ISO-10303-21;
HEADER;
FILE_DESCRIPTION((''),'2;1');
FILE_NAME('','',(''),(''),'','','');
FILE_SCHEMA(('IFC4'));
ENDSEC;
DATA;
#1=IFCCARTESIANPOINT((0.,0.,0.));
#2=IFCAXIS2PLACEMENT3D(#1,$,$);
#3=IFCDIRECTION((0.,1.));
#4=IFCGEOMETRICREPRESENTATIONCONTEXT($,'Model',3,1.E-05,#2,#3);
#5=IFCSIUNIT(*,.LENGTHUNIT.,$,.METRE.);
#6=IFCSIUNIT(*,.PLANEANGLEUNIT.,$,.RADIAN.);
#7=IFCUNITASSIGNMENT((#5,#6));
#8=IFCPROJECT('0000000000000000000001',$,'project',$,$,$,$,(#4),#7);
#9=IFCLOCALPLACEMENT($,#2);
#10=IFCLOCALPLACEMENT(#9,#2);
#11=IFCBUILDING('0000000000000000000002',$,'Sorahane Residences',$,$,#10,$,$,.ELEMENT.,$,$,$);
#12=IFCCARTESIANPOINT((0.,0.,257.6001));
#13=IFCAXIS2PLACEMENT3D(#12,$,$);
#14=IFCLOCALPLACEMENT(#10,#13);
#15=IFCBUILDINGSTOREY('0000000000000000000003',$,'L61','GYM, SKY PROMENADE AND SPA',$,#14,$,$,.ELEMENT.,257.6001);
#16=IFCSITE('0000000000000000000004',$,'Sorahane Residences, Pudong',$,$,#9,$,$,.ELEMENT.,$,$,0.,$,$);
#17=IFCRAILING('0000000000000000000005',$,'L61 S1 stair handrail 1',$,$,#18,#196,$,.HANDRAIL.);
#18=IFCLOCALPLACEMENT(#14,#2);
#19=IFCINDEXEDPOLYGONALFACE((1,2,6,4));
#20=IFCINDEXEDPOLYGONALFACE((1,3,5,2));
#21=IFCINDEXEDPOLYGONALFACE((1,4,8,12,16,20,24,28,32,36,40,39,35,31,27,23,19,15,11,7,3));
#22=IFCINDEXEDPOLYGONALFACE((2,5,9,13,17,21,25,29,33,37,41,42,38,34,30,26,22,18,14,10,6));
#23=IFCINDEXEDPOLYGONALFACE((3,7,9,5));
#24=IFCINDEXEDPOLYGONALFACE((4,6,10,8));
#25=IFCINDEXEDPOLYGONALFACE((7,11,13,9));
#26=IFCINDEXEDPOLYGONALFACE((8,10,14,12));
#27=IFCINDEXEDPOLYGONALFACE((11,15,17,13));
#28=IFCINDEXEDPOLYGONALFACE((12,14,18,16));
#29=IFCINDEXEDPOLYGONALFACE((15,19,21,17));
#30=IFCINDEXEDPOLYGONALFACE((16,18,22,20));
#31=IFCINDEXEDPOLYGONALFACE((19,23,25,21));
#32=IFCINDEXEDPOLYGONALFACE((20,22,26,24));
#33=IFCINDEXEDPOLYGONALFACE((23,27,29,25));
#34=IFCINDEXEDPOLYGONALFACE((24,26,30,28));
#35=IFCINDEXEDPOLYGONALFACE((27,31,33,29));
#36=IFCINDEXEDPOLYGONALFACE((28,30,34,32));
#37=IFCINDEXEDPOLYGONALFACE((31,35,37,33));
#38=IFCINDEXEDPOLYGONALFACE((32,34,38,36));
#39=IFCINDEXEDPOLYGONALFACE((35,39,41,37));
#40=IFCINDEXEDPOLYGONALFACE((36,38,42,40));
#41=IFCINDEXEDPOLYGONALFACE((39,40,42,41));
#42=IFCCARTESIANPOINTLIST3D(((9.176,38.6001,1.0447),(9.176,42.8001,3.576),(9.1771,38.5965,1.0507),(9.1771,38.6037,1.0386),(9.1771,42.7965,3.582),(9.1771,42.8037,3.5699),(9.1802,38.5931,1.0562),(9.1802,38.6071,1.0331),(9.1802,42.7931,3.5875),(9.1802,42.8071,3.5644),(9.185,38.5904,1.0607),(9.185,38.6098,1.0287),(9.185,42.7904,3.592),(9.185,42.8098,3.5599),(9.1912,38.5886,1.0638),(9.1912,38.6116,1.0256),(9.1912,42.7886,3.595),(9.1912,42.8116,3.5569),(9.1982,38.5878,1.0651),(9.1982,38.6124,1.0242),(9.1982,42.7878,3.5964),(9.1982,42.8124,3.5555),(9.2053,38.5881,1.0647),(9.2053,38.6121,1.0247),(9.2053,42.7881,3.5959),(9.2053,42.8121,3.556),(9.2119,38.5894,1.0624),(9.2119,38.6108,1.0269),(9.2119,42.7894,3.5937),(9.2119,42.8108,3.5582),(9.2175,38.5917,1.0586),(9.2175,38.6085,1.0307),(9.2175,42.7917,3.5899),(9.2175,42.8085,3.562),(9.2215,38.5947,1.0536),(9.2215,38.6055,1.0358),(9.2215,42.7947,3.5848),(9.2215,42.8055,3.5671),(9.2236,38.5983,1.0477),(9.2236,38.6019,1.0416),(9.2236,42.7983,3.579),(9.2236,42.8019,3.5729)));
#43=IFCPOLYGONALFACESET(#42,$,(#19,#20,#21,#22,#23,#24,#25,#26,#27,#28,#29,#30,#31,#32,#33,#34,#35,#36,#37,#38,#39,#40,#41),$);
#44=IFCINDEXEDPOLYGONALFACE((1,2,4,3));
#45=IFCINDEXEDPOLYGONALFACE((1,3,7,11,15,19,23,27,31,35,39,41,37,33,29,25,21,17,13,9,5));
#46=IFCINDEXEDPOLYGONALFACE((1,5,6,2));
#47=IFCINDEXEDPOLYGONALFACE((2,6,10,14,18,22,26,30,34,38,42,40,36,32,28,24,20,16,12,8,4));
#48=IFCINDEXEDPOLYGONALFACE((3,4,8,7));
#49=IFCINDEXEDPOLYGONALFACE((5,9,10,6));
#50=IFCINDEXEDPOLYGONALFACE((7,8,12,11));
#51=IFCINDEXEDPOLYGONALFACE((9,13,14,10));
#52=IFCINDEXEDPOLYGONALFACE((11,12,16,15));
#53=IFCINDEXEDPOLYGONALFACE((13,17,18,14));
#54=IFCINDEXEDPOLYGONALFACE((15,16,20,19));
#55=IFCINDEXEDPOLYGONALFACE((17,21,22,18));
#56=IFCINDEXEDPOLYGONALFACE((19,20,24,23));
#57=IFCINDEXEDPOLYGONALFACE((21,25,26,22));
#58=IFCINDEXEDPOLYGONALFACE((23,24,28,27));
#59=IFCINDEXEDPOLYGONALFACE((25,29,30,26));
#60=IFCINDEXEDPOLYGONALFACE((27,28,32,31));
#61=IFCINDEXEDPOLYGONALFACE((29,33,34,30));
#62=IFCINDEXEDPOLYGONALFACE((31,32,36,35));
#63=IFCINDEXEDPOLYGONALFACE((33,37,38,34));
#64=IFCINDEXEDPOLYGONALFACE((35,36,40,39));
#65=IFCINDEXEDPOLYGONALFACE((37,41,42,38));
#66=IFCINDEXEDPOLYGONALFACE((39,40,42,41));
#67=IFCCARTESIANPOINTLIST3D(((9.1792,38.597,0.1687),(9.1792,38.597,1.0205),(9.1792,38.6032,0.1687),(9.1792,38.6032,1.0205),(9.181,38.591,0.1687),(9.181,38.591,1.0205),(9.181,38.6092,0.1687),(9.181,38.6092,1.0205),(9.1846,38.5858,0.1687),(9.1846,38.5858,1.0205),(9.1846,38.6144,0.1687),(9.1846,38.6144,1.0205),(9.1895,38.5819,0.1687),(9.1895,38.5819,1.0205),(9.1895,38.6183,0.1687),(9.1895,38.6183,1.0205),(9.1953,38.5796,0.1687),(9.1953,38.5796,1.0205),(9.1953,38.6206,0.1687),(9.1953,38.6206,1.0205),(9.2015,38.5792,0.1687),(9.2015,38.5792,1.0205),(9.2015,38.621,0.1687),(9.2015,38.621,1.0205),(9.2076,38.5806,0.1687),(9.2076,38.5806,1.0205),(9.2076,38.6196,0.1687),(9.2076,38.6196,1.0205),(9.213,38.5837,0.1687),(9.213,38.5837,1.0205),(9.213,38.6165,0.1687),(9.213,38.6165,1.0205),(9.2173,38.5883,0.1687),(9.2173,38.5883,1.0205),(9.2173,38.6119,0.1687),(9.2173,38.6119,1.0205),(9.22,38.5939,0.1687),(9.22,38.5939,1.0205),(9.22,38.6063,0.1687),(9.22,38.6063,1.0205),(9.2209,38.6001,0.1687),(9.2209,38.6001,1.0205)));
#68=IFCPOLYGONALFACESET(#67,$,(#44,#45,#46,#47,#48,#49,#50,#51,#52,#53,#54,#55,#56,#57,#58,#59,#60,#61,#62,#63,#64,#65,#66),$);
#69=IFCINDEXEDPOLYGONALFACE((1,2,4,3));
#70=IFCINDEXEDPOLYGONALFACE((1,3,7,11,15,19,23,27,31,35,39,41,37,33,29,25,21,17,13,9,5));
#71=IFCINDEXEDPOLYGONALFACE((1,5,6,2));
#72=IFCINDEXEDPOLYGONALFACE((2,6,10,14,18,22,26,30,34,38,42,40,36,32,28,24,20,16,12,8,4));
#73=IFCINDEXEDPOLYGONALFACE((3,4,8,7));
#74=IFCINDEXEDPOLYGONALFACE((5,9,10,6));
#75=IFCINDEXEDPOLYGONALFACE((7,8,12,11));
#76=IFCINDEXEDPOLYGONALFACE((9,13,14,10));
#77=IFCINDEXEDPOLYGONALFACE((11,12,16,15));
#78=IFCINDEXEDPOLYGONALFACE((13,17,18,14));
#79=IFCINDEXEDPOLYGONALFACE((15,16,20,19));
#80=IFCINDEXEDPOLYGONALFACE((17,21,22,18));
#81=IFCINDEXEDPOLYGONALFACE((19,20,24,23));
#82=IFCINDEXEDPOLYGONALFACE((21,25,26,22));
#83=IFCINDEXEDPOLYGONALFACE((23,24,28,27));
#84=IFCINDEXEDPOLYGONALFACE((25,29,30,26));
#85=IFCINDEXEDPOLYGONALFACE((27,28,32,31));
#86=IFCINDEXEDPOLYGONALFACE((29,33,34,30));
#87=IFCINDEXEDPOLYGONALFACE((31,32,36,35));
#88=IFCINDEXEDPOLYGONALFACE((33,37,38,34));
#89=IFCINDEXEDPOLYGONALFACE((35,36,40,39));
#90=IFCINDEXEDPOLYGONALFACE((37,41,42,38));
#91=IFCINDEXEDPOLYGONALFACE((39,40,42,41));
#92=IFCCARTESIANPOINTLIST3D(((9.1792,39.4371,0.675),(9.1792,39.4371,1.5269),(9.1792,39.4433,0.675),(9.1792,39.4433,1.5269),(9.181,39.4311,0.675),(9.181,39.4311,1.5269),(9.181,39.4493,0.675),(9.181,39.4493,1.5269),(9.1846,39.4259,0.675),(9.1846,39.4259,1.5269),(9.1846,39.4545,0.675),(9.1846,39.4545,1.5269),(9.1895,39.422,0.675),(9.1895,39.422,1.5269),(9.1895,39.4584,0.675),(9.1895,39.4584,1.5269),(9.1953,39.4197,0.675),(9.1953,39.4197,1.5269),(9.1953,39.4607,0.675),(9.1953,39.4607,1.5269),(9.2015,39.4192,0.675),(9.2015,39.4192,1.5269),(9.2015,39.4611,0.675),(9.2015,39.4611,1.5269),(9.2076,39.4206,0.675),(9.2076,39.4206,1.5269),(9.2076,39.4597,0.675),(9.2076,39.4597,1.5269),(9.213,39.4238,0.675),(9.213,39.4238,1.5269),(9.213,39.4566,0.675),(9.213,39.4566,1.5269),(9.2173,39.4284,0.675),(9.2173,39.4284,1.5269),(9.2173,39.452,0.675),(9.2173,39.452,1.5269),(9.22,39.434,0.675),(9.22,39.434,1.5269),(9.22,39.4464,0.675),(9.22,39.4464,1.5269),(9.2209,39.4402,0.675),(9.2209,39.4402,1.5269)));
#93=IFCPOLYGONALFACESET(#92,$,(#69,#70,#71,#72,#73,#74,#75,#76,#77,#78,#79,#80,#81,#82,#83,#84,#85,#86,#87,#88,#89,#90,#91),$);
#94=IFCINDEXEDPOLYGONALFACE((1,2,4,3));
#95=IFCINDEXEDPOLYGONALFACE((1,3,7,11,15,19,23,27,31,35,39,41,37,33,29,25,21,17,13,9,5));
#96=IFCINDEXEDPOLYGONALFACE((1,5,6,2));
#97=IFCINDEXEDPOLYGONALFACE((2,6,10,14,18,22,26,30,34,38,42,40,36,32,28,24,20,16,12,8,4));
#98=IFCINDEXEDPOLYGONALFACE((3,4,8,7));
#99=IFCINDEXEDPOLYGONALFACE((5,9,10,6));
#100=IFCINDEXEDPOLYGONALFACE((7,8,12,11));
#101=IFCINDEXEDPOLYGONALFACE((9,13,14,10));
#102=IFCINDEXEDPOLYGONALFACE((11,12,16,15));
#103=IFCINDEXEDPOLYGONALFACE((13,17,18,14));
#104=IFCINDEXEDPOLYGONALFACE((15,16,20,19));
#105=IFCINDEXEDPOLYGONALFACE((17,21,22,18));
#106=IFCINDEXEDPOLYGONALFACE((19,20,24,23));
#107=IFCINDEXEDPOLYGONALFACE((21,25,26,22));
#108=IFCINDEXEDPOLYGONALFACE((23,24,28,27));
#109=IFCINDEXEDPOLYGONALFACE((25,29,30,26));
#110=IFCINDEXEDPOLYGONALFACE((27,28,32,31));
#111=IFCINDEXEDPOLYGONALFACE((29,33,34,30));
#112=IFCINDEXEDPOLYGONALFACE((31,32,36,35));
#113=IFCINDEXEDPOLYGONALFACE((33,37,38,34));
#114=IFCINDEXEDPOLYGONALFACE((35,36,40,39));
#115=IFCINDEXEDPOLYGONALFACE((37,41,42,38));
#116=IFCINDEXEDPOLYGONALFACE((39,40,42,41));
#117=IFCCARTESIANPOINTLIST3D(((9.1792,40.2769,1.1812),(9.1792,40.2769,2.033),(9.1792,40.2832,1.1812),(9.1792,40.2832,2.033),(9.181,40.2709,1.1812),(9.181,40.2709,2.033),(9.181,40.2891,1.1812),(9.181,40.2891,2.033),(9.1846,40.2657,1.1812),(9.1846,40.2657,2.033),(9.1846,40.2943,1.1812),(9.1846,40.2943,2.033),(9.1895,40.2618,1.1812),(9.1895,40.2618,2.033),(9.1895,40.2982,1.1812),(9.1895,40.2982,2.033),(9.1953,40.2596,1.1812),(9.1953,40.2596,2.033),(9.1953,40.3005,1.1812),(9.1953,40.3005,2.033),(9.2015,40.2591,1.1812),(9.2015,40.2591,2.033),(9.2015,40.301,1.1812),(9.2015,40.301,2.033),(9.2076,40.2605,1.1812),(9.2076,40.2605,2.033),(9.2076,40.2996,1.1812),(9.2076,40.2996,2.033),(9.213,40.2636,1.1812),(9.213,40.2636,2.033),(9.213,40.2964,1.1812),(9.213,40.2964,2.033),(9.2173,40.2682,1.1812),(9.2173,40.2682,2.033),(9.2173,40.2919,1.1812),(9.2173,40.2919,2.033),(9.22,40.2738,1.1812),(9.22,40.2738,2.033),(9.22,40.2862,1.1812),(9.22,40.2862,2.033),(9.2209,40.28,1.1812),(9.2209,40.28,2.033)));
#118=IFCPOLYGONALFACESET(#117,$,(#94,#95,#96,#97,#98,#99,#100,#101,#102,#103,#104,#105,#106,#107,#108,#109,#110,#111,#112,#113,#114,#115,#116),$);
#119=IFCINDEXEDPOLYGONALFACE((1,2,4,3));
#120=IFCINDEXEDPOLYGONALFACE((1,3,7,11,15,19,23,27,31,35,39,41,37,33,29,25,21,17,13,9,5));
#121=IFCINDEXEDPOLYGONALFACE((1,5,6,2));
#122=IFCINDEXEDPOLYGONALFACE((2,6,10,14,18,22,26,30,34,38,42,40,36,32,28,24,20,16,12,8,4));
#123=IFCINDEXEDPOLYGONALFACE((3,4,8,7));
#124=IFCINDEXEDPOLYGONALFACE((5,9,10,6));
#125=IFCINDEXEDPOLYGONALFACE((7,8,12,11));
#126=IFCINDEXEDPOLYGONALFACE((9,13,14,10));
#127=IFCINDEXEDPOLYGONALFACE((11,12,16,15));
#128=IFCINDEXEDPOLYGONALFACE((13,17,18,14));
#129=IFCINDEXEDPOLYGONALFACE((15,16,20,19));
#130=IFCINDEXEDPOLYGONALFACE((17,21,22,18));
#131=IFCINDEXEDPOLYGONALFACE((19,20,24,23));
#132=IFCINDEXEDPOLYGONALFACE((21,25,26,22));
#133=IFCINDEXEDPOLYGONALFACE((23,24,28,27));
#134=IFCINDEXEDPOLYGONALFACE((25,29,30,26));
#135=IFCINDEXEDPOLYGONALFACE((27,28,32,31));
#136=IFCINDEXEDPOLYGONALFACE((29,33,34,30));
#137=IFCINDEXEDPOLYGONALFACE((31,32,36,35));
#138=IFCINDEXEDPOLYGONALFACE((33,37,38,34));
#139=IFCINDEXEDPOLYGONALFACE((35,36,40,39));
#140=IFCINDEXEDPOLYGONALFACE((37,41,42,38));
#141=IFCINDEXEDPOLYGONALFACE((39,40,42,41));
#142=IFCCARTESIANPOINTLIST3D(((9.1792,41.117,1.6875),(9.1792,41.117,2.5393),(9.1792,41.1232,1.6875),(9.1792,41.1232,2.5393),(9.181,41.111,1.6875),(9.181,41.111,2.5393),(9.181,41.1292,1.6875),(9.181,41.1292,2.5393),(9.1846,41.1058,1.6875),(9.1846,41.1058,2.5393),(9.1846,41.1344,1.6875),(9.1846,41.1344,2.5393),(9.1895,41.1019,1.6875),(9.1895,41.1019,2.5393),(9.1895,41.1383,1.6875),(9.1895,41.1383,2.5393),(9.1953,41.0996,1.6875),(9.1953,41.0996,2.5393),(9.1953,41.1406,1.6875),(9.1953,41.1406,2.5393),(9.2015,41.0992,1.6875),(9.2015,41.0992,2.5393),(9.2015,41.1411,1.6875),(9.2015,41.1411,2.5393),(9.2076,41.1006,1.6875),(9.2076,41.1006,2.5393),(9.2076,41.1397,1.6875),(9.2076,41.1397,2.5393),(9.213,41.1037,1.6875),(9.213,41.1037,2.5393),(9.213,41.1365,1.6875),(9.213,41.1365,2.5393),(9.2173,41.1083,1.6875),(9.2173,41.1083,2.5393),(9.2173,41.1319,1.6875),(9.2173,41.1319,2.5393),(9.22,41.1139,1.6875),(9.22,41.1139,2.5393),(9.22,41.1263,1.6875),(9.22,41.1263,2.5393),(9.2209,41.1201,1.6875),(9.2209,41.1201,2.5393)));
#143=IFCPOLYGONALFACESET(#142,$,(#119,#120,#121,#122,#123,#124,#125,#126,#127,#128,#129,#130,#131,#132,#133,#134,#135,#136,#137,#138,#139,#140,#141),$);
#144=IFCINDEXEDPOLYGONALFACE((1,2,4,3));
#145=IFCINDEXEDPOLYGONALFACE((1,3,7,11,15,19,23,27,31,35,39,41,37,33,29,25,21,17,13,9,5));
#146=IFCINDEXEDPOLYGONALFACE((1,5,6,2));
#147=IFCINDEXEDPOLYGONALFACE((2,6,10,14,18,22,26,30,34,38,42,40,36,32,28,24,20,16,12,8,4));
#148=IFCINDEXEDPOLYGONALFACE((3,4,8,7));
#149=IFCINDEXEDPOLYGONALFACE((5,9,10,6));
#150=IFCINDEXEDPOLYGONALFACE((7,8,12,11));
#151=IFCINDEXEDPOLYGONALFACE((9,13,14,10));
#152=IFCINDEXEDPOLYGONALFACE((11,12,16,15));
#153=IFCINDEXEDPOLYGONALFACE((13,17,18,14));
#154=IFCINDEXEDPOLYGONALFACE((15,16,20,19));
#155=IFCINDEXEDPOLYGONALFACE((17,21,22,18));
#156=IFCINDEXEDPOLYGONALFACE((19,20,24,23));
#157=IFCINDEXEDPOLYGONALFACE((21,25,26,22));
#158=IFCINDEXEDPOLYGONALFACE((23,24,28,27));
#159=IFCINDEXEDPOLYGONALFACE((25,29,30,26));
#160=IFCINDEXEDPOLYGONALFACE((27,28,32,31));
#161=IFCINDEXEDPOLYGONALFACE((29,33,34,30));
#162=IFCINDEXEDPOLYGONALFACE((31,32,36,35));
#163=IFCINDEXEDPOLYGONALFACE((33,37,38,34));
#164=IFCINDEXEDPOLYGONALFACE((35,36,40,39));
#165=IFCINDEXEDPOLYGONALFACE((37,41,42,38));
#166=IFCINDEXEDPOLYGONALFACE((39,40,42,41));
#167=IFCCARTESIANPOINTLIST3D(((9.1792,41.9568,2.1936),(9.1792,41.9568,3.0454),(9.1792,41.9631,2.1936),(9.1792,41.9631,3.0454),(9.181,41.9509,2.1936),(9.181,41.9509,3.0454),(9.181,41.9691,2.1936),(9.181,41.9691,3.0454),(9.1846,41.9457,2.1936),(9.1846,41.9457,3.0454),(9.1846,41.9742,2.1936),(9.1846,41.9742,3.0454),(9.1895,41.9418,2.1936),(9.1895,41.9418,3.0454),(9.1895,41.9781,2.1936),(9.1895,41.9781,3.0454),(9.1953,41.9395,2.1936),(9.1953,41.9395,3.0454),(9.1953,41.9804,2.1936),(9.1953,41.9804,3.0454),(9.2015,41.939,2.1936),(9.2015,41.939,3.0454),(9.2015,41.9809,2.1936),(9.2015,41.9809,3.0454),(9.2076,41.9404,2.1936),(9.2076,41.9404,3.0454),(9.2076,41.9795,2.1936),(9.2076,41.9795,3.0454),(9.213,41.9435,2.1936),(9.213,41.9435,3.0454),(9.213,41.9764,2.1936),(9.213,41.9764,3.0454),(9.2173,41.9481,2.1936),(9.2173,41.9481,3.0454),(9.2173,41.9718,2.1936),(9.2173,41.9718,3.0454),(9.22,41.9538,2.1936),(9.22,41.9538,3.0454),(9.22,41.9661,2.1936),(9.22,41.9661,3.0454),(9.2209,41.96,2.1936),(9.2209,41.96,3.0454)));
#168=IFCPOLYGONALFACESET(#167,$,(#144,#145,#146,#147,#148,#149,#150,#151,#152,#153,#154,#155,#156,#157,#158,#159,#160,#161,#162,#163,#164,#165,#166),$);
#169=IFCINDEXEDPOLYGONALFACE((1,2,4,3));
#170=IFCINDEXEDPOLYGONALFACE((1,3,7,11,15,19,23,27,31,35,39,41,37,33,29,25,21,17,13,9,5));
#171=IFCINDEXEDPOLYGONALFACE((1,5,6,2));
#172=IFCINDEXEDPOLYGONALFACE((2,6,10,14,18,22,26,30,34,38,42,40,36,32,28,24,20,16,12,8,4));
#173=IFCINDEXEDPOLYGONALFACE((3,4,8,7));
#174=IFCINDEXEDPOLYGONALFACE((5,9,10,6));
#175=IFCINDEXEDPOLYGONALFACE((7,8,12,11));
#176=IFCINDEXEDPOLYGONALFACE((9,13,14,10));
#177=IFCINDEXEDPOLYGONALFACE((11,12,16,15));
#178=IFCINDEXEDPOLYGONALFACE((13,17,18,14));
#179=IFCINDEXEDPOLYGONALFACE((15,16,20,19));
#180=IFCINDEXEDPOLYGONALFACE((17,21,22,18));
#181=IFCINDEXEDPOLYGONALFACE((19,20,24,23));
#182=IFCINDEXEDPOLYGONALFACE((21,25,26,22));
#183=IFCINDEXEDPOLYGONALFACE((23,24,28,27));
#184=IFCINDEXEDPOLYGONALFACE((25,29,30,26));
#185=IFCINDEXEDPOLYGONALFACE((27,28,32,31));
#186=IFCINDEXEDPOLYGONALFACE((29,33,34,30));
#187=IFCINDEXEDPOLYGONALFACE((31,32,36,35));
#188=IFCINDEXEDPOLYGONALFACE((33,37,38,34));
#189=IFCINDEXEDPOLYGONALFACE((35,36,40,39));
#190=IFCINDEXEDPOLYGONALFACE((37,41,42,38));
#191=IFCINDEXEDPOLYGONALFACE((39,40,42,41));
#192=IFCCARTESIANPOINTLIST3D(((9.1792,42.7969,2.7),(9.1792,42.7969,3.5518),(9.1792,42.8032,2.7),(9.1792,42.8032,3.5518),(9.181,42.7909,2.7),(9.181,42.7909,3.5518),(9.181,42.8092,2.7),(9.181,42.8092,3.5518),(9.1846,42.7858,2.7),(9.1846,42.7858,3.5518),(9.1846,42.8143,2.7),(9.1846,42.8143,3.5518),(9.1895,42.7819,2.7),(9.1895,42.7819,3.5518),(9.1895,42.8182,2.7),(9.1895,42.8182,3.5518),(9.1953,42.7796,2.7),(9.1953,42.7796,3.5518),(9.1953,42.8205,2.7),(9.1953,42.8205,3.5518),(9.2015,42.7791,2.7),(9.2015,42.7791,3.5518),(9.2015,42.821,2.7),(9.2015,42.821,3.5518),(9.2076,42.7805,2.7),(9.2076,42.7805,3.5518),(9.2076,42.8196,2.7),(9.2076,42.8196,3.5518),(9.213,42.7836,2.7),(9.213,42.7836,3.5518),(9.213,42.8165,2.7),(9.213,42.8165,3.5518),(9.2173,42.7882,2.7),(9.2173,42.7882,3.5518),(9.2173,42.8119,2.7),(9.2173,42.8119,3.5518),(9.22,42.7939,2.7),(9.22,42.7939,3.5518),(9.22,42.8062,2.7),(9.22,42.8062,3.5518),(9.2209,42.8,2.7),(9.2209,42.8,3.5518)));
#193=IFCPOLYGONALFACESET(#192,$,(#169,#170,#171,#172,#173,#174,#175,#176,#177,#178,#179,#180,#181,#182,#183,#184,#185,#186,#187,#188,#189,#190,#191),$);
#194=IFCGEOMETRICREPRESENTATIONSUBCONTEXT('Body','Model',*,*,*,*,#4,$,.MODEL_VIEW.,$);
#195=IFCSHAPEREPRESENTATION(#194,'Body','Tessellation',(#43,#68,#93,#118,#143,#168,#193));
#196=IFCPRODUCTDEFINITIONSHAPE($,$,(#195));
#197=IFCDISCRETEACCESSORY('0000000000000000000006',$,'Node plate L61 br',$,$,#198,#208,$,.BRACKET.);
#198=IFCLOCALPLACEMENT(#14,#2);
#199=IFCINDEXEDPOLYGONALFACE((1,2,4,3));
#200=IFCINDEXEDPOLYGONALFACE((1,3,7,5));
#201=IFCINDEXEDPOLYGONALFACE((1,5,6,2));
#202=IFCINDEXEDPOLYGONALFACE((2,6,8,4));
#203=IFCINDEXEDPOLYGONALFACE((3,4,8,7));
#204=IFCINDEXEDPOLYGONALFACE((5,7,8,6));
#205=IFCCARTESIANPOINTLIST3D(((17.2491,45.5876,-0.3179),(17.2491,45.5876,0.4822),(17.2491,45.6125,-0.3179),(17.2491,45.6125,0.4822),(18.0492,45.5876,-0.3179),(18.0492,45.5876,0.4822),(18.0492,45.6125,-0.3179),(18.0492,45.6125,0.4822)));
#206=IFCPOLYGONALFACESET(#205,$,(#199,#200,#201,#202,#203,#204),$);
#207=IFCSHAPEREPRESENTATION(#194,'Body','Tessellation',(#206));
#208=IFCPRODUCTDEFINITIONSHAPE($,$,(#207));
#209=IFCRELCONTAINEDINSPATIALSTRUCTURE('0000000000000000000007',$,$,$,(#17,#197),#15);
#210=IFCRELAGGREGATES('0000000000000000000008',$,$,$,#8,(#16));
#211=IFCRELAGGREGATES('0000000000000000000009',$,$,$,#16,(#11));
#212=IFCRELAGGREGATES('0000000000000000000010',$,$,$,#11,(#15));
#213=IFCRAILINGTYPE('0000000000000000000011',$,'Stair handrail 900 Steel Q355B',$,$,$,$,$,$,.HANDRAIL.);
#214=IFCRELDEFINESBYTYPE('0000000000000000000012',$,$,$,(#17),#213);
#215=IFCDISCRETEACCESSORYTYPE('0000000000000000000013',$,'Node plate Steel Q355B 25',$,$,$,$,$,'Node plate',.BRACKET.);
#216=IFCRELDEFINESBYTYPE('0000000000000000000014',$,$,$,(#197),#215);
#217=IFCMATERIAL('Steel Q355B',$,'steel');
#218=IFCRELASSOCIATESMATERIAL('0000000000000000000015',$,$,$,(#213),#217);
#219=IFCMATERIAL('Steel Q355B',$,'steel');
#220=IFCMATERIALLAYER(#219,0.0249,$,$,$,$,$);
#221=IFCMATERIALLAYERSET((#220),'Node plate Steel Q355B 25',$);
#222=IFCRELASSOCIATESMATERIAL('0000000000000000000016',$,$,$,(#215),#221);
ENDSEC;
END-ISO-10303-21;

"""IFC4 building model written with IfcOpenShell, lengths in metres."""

from ifc_helpers import new_model, si_unit, direction, frame, origin, origin_2d, place, context, subcontext, project, spatial, rectangle, circle, extrude, material, layer, layer_set, type_object, element, save


model = new_model("IFC4")

# Units and contexts
model_context = context("Model", 3, precision=1e-05, world=origin(), true_north=direction((0.0, 1.0)))
body_context = subcontext(model_context, "Body", "Model", "MODEL_VIEW")
ifc_project = project(units=[si_unit("LENGTHUNIT", "METRE"), si_unit("PLANEANGLEUNIT", "RADIAN")], contexts=[model_context])

# Site, building, storey
site_placement = place(None, origin())
site = spatial("IfcSite", under=ifc_project, at=site_placement, Name="Sorahane Residences, Pudong", CompositionType="ELEMENT", RefElevation=0.0)
building_placement = place(site_placement, origin())
building = spatial("IfcBuilding", under=site, at=building_placement, Name="Sorahane Residences", CompositionType="ELEMENT")
storey_placement = place(building_placement, frame((0.0, 0.0, 257.6001)))
storey = spatial("IfcBuildingStorey", under=building, at=storey_placement, Name="L61", Description="GYM, SKY PROMENADE AND SPA", CompositionType="ELEMENT", Elevation=257.6001)

# Railing
ifc_material_1 = material(Name="Steel Q355B", Category="steel")
railing_type = type_object("IfcRailingType", Name="Stair handrail 900 Steel Q355B", PredefinedType="HANDRAIL", material=ifc_material_1)
railing_placement = place(storey_placement, frame((9.2, 38.6001, 0.1687)))
element("IfcRailing", 1, at=railing_placement, inside=storey, type_object=railing_type, Name="L61 S1 stair handrail 1", PredefinedType="HANDRAIL", context=body_context, shape_type="SweptSolid", body=[
    extrude(circle(Radius=0.0239, at=origin_2d()), frame((0.0, 0.0, 0.876), z_axis=(0.0, 0.856476, 0.516186), x_axis=(-1.0, 0.0, 0.0)), (0.0, 0.0, 1.0), 4.9038),
    extrude(circle(Radius=0.021, at=origin_2d()), origin(), (0.0, 0.0, 1.0), 0.8518),
    extrude(circle(Radius=0.021, at=origin_2d()), frame((0.0, 0.8401, 0.5063)), (0.0, 0.0, 1.0), 0.8518),
    extrude(circle(Radius=0.021, at=origin_2d()), frame((0.0, 1.6799, 1.0125)), (0.0, 0.0, 1.0), 0.8518),
    extrude(circle(Radius=0.021, at=origin_2d()), frame((0.0, 2.52, 1.5188)), (0.0, 0.0, 1.0), 0.8518),
    extrude(circle(Radius=0.021, at=origin_2d()), frame((0.0, 3.3599, 2.0249)), (0.0, 0.0, 1.0), 0.8518),
    extrude(circle(Radius=0.021, at=origin_2d()), frame((0.0, 4.2, 2.5312)), (0.0, 0.0, 1.0), 0.8518),
])

# Discrete accessory
ifc_material_2 = material(Name="Steel Q355B", Category="steel")
ifc_layer_1 = layer(ifc_material_2, 0.0249)
ifc_layer_set_1 = layer_set([ifc_layer_1], Name="Node plate Steel Q355B 25")
discrete_accessory_type = type_object("IfcDiscreteAccessoryType", Name="Node plate Steel Q355B 25", ElementType="Node plate", PredefinedType="BRACKET", material=ifc_layer_set_1)
for number, where, z_axis, x_axis, name in (
    (2, (17.6492, 45.6001, -0.3179), (0.0, 0.0, 1.0), (1.0, 0.0, 0.0), "Node plate L61 br"),
):
    element("IfcDiscreteAccessory", number, at=place(storey_placement, frame(where, z_axis=z_axis, x_axis=x_axis)), inside=storey, type_object=discrete_accessory_type, Name=name, PredefinedType="BRACKET", context=body_context, shape_type="SweptSolid", body=[
        extrude(rectangle(XDim=0.8, YDim=0.0249, at=origin_2d()), origin(), (0.0, 0.0, 1.0), 0.8),
    ])

save(model, "model.ifc")
